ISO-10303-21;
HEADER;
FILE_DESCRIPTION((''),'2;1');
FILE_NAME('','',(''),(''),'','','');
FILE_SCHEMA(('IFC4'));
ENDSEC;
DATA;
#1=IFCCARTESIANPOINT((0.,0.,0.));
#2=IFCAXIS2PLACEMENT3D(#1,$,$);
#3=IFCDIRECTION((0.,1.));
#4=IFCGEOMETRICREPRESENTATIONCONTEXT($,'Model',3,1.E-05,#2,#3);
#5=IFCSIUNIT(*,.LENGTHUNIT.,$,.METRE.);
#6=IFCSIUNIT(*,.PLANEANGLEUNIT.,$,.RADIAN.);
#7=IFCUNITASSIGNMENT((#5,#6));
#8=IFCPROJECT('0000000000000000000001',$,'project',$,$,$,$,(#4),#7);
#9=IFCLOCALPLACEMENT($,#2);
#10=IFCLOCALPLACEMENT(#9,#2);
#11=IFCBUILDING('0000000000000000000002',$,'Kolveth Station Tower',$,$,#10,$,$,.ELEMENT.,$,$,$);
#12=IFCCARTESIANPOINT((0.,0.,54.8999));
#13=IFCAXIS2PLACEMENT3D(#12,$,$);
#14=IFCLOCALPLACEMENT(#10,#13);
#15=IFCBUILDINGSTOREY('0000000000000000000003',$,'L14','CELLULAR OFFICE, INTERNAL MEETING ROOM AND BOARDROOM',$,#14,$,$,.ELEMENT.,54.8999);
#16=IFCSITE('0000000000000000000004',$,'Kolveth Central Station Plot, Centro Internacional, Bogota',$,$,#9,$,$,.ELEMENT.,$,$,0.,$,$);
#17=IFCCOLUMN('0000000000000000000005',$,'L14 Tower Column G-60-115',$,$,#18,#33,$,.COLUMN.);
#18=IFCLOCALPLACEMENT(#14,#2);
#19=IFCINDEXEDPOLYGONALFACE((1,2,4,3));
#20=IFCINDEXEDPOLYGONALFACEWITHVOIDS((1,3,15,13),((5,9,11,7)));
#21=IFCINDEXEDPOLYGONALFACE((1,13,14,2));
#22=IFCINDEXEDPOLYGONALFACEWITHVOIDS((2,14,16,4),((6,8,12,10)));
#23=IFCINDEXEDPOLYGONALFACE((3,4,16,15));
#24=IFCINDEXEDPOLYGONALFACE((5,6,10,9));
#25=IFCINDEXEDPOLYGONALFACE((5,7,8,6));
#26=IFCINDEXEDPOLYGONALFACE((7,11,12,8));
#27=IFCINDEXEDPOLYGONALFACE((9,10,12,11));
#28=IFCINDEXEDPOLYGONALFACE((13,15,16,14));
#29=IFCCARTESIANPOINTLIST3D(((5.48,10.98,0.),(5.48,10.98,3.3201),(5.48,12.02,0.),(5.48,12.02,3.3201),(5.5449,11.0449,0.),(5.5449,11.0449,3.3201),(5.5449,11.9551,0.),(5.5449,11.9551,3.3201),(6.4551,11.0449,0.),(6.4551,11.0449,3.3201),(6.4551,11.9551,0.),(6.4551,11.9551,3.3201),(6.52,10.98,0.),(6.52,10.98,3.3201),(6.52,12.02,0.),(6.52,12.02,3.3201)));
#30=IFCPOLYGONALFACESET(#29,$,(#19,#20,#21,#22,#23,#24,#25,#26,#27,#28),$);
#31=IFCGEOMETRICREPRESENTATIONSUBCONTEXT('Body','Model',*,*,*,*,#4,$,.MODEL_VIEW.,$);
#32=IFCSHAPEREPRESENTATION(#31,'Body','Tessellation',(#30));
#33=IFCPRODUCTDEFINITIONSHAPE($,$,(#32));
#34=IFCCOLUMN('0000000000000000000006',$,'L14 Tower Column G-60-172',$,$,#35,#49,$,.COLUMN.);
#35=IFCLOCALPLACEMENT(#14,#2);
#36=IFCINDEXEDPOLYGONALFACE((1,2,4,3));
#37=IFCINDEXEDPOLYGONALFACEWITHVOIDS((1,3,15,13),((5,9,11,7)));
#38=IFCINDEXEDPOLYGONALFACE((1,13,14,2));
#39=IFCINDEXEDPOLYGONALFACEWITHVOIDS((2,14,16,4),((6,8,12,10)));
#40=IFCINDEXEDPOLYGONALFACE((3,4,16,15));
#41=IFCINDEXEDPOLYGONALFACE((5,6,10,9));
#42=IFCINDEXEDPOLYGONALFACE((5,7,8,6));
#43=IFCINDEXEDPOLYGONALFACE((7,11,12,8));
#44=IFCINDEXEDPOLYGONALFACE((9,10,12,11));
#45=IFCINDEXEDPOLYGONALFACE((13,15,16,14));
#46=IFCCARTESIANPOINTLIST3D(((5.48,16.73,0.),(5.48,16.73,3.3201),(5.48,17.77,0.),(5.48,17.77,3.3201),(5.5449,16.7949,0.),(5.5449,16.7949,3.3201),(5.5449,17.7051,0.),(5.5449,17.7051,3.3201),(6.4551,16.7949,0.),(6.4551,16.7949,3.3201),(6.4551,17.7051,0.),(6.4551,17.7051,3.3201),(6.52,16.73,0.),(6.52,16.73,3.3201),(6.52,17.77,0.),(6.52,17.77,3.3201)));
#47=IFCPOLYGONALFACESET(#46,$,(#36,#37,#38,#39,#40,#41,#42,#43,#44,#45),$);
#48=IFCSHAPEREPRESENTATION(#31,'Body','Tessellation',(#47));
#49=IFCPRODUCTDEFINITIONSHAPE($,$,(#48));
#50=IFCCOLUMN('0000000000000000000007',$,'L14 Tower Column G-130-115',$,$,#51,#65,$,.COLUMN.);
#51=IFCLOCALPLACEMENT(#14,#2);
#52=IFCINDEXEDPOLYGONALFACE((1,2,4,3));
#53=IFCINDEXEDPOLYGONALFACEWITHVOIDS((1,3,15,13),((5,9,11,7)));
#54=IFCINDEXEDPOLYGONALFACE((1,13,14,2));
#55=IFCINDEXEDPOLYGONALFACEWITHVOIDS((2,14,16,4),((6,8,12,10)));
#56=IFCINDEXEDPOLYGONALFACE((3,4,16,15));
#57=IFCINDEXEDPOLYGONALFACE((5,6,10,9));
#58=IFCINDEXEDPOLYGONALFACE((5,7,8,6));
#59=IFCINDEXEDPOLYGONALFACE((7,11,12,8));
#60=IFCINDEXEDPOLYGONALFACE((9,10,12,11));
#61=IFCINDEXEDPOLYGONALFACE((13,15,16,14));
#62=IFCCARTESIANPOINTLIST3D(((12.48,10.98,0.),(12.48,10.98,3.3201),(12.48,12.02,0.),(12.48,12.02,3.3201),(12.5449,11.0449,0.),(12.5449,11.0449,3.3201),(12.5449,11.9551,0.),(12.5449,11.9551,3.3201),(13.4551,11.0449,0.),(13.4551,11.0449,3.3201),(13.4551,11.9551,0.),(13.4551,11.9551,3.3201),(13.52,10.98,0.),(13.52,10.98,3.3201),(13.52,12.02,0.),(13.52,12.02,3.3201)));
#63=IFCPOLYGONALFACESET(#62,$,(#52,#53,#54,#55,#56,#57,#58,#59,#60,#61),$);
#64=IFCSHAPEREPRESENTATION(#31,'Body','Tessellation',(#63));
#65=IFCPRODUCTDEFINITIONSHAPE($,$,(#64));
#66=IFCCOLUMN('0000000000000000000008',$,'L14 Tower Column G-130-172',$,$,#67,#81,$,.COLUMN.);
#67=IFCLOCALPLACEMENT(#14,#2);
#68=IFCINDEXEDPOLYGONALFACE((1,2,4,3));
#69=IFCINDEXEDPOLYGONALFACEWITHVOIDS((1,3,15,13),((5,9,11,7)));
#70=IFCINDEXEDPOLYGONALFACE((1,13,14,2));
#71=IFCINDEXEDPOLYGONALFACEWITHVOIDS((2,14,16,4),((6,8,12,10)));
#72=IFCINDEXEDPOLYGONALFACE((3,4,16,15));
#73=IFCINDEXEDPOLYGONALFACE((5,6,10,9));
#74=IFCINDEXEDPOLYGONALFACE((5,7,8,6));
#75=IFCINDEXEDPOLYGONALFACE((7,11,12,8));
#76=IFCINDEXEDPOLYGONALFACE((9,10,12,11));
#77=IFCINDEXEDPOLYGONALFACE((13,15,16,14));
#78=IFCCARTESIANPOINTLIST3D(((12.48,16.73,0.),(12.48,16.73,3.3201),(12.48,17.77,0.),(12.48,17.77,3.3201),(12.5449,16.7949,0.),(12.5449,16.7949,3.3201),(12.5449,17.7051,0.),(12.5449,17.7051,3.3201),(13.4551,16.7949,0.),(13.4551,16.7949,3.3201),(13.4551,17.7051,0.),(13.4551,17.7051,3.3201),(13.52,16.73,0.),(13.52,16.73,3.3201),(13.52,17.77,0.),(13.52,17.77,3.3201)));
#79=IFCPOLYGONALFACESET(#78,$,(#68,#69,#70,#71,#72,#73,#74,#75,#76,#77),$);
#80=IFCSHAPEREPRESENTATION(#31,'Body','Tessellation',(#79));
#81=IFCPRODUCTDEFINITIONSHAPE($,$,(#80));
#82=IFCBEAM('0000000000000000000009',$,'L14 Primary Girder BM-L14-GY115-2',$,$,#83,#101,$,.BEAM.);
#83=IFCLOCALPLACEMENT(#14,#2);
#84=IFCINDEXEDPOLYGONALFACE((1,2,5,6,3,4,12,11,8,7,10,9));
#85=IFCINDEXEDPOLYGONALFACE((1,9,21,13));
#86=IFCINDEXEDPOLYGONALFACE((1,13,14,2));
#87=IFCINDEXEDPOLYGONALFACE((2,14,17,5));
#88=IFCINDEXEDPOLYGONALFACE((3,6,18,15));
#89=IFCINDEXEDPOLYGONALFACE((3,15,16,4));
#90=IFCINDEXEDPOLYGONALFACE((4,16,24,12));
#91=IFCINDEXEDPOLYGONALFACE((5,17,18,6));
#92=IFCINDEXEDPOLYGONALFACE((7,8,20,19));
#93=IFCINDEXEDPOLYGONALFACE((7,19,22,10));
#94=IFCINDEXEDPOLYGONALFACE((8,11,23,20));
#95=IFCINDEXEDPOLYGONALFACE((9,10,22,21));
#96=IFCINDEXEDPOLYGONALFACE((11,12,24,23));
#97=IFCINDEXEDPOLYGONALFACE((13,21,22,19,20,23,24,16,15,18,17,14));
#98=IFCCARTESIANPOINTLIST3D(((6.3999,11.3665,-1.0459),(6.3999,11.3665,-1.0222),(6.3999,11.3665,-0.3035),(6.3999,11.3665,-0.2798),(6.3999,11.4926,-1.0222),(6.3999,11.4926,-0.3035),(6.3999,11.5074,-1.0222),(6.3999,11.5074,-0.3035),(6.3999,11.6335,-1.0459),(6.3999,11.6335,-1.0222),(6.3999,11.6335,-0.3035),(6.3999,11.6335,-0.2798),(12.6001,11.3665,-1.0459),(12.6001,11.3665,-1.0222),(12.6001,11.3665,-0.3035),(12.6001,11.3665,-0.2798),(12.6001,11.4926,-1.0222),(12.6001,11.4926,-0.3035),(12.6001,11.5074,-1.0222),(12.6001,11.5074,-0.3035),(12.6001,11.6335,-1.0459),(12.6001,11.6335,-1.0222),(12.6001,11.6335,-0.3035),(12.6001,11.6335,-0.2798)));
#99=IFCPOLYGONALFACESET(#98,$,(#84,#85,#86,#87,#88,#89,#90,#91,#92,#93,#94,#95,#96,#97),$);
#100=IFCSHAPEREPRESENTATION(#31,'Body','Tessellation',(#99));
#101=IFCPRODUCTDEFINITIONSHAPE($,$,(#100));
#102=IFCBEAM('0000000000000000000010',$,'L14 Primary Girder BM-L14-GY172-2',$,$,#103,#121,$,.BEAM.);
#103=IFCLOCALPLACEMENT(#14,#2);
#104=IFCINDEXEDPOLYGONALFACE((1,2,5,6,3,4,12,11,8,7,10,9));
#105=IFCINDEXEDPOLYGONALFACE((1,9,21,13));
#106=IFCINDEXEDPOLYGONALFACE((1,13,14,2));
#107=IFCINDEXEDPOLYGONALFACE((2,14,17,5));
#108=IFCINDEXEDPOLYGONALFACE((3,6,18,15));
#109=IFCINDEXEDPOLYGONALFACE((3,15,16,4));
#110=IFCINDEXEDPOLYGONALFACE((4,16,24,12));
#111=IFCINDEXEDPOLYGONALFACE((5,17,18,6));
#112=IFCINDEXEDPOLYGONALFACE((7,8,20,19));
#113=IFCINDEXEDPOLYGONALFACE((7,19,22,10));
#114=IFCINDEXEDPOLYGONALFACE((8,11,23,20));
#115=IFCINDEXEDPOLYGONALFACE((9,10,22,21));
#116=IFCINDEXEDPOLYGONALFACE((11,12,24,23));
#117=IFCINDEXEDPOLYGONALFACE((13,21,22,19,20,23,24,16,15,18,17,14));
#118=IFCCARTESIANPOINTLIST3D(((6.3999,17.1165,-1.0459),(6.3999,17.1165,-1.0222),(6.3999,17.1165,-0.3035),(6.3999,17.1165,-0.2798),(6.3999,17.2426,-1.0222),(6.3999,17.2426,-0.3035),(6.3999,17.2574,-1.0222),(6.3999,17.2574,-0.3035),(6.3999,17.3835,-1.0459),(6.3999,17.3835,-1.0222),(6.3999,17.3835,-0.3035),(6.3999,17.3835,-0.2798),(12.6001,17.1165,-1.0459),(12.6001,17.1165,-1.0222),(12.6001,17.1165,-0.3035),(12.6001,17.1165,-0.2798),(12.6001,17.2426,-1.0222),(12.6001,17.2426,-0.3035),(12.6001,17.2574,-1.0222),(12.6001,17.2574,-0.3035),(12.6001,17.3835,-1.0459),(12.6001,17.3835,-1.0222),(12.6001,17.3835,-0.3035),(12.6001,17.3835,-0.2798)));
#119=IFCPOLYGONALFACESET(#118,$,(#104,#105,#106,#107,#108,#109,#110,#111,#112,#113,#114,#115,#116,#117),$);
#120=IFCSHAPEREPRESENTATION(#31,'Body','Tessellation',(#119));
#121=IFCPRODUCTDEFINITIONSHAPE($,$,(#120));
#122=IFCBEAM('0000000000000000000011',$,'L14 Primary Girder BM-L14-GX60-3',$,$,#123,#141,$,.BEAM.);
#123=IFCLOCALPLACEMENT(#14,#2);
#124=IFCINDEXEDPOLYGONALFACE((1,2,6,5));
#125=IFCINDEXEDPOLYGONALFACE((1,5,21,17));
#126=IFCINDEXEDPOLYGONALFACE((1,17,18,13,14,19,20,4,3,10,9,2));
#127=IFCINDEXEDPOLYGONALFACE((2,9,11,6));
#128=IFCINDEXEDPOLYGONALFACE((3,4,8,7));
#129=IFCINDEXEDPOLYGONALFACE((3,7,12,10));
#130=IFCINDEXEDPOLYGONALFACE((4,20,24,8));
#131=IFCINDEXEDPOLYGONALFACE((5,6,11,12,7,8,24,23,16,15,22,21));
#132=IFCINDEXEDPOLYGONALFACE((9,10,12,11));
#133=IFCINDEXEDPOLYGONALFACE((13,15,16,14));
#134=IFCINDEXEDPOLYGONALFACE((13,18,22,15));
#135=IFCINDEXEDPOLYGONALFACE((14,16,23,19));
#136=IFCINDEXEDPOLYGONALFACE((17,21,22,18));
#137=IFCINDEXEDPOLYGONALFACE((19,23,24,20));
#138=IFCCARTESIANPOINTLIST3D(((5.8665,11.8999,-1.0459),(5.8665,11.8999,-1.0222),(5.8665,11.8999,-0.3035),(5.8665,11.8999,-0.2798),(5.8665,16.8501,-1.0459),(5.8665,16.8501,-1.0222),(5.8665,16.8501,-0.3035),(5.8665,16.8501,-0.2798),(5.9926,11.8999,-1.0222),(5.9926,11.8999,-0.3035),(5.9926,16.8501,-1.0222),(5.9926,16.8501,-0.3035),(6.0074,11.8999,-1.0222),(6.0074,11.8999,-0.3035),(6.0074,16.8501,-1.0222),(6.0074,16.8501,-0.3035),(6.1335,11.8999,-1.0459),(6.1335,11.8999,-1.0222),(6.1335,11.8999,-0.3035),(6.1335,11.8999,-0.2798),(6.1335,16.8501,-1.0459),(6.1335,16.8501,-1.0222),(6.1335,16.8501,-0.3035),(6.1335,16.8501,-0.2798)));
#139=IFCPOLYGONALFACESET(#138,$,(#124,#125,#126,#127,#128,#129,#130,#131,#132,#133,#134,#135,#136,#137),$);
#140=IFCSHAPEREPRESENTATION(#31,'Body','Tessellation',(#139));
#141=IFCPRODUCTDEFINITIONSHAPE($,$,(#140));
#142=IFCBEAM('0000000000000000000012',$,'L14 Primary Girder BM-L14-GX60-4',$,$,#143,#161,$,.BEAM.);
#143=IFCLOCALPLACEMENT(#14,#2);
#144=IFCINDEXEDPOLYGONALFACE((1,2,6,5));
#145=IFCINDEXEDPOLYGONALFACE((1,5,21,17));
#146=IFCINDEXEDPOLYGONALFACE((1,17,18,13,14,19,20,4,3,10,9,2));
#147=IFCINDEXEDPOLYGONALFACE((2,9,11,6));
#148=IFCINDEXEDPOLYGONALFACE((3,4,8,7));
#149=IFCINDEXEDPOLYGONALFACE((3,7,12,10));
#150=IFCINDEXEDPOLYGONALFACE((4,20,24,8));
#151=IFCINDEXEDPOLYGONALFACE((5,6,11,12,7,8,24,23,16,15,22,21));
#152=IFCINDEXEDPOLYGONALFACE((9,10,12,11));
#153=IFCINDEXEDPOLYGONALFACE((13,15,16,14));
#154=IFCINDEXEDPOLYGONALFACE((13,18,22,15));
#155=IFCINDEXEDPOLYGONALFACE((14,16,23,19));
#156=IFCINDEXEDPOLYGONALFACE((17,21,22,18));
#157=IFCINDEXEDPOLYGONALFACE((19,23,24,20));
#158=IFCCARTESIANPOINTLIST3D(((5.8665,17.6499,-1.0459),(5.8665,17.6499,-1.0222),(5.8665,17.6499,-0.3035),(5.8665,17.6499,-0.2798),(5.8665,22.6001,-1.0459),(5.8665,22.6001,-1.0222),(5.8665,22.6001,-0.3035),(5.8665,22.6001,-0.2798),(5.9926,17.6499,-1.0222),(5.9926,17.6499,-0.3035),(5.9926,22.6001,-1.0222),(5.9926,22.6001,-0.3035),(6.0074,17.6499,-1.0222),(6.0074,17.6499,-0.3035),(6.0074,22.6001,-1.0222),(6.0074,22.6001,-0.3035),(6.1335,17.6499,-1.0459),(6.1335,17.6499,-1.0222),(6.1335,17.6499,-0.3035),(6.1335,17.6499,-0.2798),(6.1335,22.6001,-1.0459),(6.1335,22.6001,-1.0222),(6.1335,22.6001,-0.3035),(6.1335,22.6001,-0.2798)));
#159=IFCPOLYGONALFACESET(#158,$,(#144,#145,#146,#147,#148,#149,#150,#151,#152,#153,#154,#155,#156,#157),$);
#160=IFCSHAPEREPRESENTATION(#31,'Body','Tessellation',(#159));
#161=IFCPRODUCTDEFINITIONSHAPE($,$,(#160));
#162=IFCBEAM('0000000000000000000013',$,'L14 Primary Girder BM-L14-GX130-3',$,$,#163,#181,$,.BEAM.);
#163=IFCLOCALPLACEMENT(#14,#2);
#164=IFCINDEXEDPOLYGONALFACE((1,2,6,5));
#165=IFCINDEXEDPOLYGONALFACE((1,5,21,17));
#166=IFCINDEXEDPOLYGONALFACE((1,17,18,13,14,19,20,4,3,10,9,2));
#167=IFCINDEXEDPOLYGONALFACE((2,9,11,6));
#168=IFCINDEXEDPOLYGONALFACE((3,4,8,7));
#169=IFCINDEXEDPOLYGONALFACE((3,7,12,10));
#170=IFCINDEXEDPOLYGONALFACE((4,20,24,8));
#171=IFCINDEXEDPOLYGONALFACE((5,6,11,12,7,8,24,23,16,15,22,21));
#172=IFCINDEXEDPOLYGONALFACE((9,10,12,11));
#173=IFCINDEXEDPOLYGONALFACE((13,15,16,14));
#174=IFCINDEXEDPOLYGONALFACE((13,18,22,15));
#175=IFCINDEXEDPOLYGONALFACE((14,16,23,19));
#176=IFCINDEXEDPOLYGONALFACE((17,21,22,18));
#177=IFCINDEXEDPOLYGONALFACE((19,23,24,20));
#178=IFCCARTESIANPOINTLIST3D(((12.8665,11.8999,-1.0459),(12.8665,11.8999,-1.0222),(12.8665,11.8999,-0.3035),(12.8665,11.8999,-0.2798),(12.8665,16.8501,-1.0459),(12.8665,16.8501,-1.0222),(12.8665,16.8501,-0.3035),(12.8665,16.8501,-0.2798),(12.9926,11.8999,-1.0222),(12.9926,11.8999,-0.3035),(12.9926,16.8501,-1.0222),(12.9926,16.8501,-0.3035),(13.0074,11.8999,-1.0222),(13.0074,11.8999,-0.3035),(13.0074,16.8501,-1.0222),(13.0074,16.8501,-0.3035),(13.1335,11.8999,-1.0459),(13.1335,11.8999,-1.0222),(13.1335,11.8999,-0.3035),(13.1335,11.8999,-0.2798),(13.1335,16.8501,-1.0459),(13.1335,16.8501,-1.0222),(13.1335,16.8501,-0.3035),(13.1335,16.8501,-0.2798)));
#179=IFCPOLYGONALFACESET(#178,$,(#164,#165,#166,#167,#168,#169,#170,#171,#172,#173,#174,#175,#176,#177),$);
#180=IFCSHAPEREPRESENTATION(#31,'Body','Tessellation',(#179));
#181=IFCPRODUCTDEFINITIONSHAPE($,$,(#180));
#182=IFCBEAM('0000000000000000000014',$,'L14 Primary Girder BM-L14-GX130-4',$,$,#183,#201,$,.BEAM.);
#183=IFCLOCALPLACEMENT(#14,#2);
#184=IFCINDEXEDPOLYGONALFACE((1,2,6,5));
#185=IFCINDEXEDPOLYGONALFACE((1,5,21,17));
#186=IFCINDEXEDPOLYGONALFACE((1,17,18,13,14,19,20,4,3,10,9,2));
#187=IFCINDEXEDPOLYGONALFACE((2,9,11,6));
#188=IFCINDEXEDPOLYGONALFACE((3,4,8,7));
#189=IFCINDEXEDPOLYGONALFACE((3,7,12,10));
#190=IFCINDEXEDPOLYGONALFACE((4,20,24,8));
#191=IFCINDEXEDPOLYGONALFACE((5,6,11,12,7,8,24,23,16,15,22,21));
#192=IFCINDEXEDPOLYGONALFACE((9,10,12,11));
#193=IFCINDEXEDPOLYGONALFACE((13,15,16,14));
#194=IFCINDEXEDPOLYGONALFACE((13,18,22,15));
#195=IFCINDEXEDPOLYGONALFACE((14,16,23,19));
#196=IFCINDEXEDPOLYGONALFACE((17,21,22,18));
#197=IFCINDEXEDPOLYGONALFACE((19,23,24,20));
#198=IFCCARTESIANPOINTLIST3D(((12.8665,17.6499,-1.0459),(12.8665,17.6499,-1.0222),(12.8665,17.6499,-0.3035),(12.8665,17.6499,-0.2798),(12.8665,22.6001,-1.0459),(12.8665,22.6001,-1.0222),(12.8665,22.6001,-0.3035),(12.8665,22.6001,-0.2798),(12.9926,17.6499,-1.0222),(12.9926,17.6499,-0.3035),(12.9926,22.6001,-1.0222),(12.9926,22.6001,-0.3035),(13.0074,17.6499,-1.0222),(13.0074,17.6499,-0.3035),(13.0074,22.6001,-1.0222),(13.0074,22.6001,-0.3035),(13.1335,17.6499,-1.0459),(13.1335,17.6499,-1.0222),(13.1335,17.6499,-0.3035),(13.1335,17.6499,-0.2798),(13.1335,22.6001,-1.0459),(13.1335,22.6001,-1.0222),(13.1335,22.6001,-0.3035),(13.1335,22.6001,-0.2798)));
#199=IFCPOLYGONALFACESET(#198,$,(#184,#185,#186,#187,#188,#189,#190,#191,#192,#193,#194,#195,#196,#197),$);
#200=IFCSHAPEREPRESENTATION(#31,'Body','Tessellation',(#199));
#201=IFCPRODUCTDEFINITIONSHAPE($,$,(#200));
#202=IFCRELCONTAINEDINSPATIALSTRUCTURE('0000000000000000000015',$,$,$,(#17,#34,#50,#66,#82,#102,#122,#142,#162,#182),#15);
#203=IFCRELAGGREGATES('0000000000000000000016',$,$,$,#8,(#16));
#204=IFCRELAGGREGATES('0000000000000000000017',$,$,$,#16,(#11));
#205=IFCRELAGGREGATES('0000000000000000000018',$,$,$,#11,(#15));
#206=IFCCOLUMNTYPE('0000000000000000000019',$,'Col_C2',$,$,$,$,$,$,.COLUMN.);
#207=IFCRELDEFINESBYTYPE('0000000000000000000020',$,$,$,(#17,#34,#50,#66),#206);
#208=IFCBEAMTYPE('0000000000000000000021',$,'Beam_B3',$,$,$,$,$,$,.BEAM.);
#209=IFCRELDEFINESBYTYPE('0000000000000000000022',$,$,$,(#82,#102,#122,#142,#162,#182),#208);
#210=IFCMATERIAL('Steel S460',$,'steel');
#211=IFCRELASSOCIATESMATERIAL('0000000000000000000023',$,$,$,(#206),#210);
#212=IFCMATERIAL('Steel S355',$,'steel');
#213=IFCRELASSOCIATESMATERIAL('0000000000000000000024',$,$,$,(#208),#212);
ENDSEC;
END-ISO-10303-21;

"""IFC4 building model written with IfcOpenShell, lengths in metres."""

from ifc_helpers import new_model, si_unit, direction, frame, origin, origin_2d, place, context, subcontext, project, spatial, hollow_rectangle, i_section, extrude, source, transform, mapped, material, material_profile, profile_set, type_object, element, save


model = new_model("IFC4")

# Units and contexts
model_context = context("Model", 3, precision=1e-05, world=origin(), true_north=direction((0.0, 1.0)))
body_context = subcontext(model_context, "Body", "Model", "MODEL_VIEW")
ifc_project = project(units=[si_unit("LENGTHUNIT", "METRE"), si_unit("PLANEANGLEUNIT", "RADIAN")], contexts=[model_context])

# Site, building, storey
site_placement = place(None, origin())
site = spatial("IfcSite", under=ifc_project, at=site_placement, Name="Kolveth Central Station Plot, Centro Internacional, Bogota", CompositionType="ELEMENT", RefElevation=0.0)
building_placement = place(site_placement, origin())
building = spatial("IfcBuilding", under=site, at=building_placement, Name="Kolveth Station Tower", CompositionType="ELEMENT")
storey_placement = place(building_placement, frame((0.0, 0.0, 54.8999)))
storey = spatial("IfcBuildingStorey", under=building, at=storey_placement, Name="L14", Description="CELLULAR OFFICE, INTERNAL MEETING ROOM AND BOARDROOM", CompositionType="ELEMENT", Elevation=54.8999)

# Columns
ifc_material_1 = material(Name="Steel S460", Category="steel")
ifc_material_profile_1 = material_profile(ifc_material_1, hollow_rectangle(XDim=1.04, YDim=1.04, WallThickness=0.0649, at=origin_2d()), Name="BOX1040x1040x65")
ifc_profile_set_1 = profile_set([ifc_material_profile_1], Name="Steel S460")
column_type = type_object("IfcColumnType", Name="Col_C2", PredefinedType="COLUMN", material=ifc_profile_set_1)
shared_shape_1 = source(origin(), body_context, "Body", "SweptSolid", [
    extrude(hollow_rectangle(XDim=1.04, YDim=1.04, WallThickness=0.0649, at=origin_2d()), origin(), (0.0, 0.0, 1.0), 3.3201),
])
for number, where, z_axis, x_axis, name in (
    (1, (6.0, 11.5, 0.0), (0.0, 0.0, 1.0), (1.0, 0.0, 0.0), "L14 Tower Column G-60-115"),
    (2, (6.0, 17.25, 0.0), (0.0, 0.0, 1.0), (1.0, 0.0, 0.0), "L14 Tower Column G-60-172"),
    (3, (13.0, 11.5, 0.0), (0.0, 0.0, 1.0), (1.0, 0.0, 0.0), "L14 Tower Column G-130-115"),
    (4, (13.0, 17.25, 0.0), (0.0, 0.0, 1.0), (1.0, 0.0, 0.0), "L14 Tower Column G-130-172"),
):
    element("IfcColumn", number, at=place(storey_placement, frame(where, z_axis=z_axis, x_axis=x_axis)), inside=storey, type_object=column_type, Name=name, PredefinedType="COLUMN", context=body_context, shape_type="MappedRepresentation", body=[
        mapped(shared_shape_1, transform((0.0, 0.0, 0.0), x_axis=(1.0, 0.0, 0.0), y_axis=(0.0, 1.0, 0.0), z_axis=(0.0, 0.0, 1.0), scale=1.0)),
    ])

# Beams
ifc_material_2 = material(Name="Steel S355", Category="steel")
ifc_material_profile_2 = material_profile(ifc_material_2, i_section(OverallWidth=0.2671, OverallDepth=0.7661, WebThickness=0.0149, FlangeThickness=0.0237, at=origin_2d()), Name="W760x185")
ifc_profile_set_2 = profile_set([ifc_material_profile_2], Name="Steel S355")
beam_type_1 = type_object("IfcBeamType", Name="Beam_B3", PredefinedType="BEAM", material=ifc_profile_set_2)
shared_shape_2 = source(origin(), body_context, "Body", "SweptSolid", [
    extrude(i_section(OverallWidth=0.2671, OverallDepth=0.7661, WebThickness=0.0149, FlangeThickness=0.0237, at=origin_2d()), origin(), (0.0, 0.0, 1.0), 6.2002),
])
for number, where, z_axis, x_axis, name in (
    (5, (6.3999, 11.5, -0.6628), (1.0, 0.0, 0.0), (0.0, 1.0, 0.0), "L14 Primary Girder BM-L14-GY115-2"),
    (6, (6.3999, 17.25, -0.6628), (1.0, 0.0, 0.0), (0.0, 1.0, 0.0), "L14 Primary Girder BM-L14-GY172-2"),
):
    element("IfcBeam", number, at=place(storey_placement, frame(where, z_axis=z_axis, x_axis=x_axis)), inside=storey, type_object=beam_type_1, Name=name, PredefinedType="BEAM", context=body_context, shape_type="MappedRepresentation", body=[
        mapped(shared_shape_2, transform((0.0, 0.0, 0.0), x_axis=(1.0, 0.0, 0.0), y_axis=(0.0, 1.0, 0.0), z_axis=(0.0, 0.0, 1.0), scale=1.0)),
    ])
shared_shape_3 = source(origin(), body_context, "Body", "SweptSolid", [
    extrude(i_section(OverallWidth=0.2671, OverallDepth=0.7661, WebThickness=0.0149, FlangeThickness=0.0237, at=origin_2d()), origin(), (0.0, 0.0, 1.0), 4.9502),
])
for number, where, z_axis, x_axis, name in (
    (7, (6.0, 11.8999, -0.6628), (0.0, 1.0, 0.0), (-1.0, 0.0, 0.0), "L14 Primary Girder BM-L14-GX60-3"),
    (8, (6.0, 17.6499, -0.6628), (0.0, 1.0, 0.0), (-1.0, 0.0, 0.0), "L14 Primary Girder BM-L14-GX60-4"),
    (9, (13.0, 11.8999, -0.6628), (0.0, 1.0, 0.0), (-1.0, 0.0, 0.0), "L14 Primary Girder BM-L14-GX130-3"),
    (10, (13.0, 17.6499, -0.6628), (0.0, 1.0, 0.0), (-1.0, 0.0, 0.0), "L14 Primary Girder BM-L14-GX130-4"),
):
    element("IfcBeam", number, at=place(storey_placement, frame(where, z_axis=z_axis, x_axis=x_axis)), inside=storey, type_object=beam_type_1, Name=name, PredefinedType="BEAM", context=body_context, shape_type="MappedRepresentation", body=[
        mapped(shared_shape_3, transform((0.0, 0.0, 0.0), x_axis=(1.0, 0.0, 0.0), y_axis=(0.0, 1.0, 0.0), z_axis=(0.0, 0.0, 1.0), scale=1.0)),
    ])

save(model, "model.ifc")
